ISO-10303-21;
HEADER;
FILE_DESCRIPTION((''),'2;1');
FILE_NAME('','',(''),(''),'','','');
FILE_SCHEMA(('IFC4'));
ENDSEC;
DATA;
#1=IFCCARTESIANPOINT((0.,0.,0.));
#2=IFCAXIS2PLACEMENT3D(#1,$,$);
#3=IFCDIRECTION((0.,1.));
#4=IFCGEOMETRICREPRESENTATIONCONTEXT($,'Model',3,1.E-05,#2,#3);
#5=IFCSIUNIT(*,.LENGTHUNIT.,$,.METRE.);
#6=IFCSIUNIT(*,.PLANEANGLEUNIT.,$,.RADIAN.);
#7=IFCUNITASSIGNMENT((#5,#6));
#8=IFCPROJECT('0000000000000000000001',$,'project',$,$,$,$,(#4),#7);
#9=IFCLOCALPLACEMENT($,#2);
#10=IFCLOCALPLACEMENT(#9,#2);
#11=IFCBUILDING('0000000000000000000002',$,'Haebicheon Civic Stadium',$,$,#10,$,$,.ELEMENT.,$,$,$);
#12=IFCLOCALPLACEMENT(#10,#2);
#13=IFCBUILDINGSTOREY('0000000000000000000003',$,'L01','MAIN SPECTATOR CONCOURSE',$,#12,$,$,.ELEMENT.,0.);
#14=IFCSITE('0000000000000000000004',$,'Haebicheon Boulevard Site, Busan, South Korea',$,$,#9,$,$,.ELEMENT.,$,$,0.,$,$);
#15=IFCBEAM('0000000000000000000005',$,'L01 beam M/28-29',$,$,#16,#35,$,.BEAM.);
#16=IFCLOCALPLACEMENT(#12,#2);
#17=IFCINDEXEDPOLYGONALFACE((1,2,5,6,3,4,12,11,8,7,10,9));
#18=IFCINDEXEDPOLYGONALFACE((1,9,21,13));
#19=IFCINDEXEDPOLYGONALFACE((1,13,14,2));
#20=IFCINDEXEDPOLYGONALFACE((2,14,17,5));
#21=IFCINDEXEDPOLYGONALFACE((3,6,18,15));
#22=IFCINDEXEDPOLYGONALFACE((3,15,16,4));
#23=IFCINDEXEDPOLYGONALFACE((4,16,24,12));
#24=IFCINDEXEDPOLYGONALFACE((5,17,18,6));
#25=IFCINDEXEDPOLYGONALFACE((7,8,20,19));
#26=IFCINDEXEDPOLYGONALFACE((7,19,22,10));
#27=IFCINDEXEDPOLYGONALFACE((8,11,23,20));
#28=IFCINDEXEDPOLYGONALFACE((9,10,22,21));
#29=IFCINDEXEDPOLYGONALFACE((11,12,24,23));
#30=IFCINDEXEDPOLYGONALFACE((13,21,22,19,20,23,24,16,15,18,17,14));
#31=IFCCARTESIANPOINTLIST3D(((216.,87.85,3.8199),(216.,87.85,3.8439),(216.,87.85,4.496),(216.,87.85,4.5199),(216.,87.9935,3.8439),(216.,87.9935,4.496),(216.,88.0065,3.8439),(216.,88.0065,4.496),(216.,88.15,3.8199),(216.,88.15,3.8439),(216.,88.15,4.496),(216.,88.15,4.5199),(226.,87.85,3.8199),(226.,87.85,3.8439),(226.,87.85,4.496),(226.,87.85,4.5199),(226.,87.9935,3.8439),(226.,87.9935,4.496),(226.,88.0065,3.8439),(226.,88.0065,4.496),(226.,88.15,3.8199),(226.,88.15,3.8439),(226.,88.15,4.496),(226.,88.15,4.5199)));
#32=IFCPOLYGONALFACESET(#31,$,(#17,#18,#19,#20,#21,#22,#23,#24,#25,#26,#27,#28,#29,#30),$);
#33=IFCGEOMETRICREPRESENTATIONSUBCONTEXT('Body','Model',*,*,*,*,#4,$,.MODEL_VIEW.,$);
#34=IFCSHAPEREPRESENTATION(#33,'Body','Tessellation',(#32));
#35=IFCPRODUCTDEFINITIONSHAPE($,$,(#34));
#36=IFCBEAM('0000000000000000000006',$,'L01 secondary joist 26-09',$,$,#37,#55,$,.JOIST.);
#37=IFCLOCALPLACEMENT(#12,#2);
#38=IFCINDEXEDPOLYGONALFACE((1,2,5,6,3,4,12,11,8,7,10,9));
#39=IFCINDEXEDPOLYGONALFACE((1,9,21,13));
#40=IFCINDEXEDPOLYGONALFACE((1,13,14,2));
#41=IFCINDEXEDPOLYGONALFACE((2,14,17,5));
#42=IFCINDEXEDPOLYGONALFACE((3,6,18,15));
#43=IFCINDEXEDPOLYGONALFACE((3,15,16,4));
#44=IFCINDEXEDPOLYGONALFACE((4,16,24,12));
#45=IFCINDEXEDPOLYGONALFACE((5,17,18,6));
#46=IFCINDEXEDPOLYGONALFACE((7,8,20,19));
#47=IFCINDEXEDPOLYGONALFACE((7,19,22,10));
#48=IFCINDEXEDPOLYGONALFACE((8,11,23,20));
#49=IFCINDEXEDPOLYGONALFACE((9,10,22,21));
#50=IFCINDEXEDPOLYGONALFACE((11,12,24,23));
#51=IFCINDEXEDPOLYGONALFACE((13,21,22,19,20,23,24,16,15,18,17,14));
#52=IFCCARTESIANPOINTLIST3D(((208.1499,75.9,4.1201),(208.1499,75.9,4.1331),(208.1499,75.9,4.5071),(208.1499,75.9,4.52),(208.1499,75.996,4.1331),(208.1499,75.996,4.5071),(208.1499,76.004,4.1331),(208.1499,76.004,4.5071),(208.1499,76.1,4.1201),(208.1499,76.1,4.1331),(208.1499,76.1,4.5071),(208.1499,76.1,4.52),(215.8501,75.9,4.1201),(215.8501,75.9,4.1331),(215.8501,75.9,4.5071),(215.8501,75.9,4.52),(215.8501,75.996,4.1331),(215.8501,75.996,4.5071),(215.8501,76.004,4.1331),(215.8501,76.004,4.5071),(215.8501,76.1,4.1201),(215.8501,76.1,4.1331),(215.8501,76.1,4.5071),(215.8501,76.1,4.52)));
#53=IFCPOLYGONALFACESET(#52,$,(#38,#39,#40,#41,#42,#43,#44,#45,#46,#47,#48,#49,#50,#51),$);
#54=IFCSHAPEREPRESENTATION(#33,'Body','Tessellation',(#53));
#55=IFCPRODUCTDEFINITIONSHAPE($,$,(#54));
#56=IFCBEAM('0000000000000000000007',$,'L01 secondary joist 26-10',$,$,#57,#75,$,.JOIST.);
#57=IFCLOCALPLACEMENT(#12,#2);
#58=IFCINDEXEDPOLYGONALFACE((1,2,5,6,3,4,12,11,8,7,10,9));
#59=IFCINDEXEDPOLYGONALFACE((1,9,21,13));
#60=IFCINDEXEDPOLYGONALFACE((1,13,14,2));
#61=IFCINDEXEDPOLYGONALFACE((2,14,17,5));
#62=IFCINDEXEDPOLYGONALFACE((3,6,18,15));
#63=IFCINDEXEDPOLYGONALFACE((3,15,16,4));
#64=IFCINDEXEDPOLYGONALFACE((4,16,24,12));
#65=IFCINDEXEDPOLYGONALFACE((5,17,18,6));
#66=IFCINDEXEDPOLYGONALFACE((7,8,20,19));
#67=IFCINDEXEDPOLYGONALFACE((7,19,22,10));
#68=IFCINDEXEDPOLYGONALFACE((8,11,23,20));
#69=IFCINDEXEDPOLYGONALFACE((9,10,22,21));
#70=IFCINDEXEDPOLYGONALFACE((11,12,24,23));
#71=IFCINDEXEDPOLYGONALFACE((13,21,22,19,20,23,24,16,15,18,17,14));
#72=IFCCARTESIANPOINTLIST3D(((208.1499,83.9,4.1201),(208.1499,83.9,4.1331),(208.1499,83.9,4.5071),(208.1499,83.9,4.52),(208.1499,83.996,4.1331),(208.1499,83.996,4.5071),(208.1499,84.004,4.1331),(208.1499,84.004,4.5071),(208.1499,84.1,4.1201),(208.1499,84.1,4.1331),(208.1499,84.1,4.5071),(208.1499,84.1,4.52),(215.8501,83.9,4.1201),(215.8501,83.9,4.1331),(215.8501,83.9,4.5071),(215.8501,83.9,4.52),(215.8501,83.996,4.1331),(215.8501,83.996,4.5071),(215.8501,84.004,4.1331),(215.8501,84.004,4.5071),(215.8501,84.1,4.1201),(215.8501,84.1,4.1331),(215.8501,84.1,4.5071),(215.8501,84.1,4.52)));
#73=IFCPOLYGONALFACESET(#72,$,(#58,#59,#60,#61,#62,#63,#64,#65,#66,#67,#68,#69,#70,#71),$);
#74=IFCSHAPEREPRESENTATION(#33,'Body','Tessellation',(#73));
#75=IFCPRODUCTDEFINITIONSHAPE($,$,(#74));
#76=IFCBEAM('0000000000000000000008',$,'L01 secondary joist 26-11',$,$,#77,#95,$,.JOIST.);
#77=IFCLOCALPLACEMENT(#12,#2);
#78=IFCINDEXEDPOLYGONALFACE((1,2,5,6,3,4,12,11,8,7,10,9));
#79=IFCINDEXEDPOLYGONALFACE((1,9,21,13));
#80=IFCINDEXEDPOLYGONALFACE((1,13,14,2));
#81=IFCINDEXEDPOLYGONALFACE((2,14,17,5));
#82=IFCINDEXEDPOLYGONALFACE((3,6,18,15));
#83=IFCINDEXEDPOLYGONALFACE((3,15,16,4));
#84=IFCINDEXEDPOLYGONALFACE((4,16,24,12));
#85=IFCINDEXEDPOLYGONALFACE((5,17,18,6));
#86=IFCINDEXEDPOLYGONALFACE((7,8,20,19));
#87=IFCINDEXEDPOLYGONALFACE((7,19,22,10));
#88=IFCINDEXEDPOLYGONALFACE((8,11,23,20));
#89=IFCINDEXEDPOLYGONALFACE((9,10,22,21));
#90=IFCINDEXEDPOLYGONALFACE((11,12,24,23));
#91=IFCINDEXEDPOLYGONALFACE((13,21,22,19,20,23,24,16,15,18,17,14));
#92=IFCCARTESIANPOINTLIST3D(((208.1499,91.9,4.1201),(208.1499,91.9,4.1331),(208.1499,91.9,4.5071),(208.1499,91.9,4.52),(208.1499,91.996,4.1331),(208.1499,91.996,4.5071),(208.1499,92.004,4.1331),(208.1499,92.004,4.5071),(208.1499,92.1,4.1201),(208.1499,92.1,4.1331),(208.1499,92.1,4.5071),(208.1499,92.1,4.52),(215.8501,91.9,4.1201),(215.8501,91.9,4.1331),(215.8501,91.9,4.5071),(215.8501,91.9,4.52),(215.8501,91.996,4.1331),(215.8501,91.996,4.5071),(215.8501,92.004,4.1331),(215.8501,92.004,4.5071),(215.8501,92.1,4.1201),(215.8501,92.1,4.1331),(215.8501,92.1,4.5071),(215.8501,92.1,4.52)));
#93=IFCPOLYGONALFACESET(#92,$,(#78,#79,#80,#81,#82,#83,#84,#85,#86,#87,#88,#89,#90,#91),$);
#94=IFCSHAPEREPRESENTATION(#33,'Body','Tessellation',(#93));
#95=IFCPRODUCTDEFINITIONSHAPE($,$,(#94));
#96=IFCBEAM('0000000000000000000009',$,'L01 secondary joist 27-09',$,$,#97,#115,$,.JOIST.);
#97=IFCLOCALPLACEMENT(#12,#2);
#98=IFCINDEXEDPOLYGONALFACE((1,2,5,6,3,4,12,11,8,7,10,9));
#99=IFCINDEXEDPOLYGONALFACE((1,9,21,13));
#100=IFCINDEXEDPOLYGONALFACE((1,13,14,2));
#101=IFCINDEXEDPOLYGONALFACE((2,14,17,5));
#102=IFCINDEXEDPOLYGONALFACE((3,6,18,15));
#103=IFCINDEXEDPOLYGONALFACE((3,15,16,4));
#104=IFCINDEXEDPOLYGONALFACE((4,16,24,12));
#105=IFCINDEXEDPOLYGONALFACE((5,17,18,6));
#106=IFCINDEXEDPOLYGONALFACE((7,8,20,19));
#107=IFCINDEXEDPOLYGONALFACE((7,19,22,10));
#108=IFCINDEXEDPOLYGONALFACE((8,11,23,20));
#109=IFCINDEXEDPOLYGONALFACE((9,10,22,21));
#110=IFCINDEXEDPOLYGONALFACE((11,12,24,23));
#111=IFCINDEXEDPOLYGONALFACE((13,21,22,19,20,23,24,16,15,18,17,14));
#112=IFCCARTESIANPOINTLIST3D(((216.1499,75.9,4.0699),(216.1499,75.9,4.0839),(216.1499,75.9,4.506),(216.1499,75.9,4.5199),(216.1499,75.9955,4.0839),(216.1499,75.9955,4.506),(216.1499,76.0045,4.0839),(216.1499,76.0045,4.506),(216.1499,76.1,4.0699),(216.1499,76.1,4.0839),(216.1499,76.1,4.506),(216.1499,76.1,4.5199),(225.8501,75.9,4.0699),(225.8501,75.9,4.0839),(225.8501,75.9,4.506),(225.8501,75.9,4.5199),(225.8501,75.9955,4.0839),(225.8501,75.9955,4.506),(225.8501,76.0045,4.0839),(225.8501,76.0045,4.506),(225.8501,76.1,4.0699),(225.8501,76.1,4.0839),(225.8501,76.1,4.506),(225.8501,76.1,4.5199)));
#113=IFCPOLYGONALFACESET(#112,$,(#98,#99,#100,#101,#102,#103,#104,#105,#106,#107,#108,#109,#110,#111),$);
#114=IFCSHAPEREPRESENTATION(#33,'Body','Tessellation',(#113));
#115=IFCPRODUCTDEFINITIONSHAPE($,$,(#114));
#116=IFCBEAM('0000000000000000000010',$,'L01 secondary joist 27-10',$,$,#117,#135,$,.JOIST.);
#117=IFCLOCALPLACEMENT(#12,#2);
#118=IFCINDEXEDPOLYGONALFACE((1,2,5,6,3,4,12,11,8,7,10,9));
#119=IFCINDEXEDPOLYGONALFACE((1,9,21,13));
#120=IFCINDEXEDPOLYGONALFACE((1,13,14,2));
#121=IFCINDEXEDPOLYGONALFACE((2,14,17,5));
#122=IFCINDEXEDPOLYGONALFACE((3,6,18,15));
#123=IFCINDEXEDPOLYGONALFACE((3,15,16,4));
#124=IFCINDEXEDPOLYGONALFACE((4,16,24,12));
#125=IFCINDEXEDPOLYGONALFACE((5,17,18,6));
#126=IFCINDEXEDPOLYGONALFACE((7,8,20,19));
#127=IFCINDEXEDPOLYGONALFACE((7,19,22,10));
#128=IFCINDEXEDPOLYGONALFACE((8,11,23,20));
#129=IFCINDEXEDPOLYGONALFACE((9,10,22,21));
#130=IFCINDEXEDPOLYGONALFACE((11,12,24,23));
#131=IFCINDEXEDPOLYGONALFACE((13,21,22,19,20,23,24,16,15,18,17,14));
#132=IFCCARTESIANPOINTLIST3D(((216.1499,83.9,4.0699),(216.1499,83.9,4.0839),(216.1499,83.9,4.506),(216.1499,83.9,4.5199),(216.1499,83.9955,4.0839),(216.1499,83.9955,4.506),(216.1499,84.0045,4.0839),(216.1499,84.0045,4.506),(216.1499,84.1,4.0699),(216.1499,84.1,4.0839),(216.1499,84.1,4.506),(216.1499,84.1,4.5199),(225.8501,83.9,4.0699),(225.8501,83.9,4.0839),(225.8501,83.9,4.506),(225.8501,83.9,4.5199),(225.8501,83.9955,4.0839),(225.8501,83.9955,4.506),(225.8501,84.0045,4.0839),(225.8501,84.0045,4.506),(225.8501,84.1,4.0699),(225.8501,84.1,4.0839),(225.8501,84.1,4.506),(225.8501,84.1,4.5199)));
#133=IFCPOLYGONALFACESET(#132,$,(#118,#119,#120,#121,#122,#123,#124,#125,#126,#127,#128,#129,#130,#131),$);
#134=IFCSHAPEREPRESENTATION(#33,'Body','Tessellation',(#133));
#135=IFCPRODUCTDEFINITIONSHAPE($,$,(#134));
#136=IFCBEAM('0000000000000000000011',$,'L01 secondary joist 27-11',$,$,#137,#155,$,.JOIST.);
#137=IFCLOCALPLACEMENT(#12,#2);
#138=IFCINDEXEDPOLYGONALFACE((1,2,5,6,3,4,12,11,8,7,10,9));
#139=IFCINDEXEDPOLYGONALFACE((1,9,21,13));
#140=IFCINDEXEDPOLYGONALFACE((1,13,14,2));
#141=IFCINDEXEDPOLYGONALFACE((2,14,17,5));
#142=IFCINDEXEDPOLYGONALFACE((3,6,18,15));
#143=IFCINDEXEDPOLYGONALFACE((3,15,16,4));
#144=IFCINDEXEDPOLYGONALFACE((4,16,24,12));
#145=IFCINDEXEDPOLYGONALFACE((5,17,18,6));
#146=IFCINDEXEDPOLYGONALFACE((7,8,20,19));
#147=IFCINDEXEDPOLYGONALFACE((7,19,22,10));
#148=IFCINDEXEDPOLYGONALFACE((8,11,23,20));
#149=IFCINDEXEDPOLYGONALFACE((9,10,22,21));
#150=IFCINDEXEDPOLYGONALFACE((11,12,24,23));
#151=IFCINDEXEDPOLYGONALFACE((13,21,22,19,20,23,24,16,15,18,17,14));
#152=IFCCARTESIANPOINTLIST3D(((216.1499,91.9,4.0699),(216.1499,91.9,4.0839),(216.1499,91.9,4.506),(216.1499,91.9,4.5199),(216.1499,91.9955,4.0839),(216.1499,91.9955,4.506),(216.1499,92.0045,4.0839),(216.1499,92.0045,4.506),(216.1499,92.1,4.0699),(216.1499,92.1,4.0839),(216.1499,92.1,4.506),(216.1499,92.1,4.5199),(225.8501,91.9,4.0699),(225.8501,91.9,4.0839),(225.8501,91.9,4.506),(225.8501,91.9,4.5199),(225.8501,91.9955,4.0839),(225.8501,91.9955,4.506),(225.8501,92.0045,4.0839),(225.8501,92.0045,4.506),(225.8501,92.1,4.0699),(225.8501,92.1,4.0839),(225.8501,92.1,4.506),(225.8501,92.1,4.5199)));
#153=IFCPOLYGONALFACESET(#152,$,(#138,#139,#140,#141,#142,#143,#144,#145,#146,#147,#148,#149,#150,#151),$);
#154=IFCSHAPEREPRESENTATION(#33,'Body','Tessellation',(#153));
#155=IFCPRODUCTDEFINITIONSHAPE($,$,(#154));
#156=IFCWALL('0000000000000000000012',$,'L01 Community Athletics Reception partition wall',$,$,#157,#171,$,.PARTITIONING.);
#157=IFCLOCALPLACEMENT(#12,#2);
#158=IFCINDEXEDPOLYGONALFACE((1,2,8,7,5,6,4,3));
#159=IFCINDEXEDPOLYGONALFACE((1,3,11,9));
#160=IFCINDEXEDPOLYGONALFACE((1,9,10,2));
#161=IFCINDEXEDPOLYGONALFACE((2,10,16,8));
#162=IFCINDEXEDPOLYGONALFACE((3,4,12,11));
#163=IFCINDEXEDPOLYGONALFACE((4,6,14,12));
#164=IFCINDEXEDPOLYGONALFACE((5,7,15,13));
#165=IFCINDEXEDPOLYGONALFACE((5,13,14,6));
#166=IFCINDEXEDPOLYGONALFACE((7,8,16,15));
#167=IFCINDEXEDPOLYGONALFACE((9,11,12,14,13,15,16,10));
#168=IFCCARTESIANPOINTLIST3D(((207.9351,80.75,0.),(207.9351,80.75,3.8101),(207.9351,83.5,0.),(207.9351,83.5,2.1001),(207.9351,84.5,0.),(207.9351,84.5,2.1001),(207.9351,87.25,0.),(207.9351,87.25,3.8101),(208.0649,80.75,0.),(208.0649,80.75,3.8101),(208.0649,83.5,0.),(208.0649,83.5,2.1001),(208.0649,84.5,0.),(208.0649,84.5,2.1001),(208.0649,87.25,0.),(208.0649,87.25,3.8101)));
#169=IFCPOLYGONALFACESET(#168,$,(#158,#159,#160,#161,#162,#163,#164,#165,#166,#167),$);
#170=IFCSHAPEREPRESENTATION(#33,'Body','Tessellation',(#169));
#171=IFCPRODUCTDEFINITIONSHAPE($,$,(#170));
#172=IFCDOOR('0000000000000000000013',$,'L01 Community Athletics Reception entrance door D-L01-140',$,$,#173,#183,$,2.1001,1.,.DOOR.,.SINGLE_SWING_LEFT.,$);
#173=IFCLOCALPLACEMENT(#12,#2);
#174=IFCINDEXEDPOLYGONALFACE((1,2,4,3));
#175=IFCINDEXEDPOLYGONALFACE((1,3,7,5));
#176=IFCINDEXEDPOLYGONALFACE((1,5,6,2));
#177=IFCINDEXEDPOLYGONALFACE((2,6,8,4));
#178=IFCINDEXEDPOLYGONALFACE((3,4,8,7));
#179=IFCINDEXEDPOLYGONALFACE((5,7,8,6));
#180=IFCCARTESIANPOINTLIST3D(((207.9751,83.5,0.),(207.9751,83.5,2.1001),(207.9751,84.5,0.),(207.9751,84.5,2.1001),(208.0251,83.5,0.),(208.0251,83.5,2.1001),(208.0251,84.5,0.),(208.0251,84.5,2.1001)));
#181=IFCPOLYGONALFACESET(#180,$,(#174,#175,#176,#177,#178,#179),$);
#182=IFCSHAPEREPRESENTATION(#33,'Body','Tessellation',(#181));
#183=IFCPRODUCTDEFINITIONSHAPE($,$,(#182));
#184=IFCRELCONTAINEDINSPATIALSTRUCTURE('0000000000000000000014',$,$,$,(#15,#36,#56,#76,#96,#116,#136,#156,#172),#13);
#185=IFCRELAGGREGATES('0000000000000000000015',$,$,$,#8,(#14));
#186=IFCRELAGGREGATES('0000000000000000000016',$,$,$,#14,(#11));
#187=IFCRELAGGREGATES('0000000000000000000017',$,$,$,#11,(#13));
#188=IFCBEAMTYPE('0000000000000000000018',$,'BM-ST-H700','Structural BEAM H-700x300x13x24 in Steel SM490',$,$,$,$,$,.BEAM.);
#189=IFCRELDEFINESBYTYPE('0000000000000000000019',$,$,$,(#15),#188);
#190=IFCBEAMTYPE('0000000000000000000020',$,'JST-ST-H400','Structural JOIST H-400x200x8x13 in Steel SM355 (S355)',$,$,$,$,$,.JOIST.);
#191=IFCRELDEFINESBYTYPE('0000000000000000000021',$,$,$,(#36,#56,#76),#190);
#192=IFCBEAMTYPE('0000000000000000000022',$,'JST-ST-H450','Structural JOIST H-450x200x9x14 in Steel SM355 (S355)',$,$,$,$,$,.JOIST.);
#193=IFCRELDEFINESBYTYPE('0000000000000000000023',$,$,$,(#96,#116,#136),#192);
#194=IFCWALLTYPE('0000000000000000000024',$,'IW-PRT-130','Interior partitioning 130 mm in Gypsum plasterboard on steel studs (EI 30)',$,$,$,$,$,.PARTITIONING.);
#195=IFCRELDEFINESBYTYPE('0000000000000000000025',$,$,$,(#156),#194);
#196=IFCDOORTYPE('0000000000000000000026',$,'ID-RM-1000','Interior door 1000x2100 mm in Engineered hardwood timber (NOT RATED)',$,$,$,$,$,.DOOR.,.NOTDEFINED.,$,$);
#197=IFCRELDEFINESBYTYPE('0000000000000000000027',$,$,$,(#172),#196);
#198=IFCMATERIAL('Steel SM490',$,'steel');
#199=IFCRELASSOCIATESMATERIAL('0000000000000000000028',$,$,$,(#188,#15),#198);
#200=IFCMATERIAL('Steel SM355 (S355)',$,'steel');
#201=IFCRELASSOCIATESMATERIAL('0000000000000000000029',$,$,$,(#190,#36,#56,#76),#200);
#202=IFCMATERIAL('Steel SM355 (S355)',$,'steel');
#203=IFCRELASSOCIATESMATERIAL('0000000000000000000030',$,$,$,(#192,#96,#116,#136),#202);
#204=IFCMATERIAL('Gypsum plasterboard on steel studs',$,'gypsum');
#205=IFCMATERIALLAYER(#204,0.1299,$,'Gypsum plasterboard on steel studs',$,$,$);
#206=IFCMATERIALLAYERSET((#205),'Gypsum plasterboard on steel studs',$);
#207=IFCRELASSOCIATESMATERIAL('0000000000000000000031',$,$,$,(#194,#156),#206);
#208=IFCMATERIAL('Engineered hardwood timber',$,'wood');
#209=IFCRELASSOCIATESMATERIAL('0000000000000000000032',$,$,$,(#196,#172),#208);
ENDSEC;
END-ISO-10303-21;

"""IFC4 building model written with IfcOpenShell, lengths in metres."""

from ifc_helpers import new_model, si_unit, direction, frame, frame_2d, origin, origin_2d, place, context, subcontext, project, spatial, rectangle, i_section, extrude, material, layer, layer_set, material_profile, profile_set, type_object, element, fill, save


model = new_model("IFC4")

# Units and contexts
model_context = context("Model", 3, precision=1e-05, world=origin(), true_north=direction((0.0, 1.0)))
body_context = subcontext(model_context, "Body", "Model", "MODEL_VIEW")
ifc_project = project(units=[si_unit("LENGTHUNIT", "METRE"), si_unit("PLANEANGLEUNIT", "RADIAN")], contexts=[model_context])

# Site, building, storey
site_placement = place(None, origin())
site = spatial("IfcSite", under=ifc_project, at=site_placement, Name="Haebicheon Boulevard Site, Busan, South Korea", CompositionType="ELEMENT", RefElevation=0.0)
building_placement = place(site_placement, origin())
building = spatial("IfcBuilding", under=site, at=building_placement, Name="Haebicheon Civic Stadium", CompositionType="ELEMENT")
storey_placement = place(building_placement, origin())
storey = spatial("IfcBuildingStorey", under=building, at=storey_placement, Name="L01", Description="MAIN SPECTATOR CONCOURSE", CompositionType="ELEMENT", Elevation=0.0)

# Beams
ifc_material_1 = material(Name="Steel SM490", Category="steel")
ifc_material_profile_1 = material_profile(ifc_material_1, i_section(OverallWidth=0.3, OverallDepth=0.7, WebThickness=0.0129, FlangeThickness=0.0239, at=origin_2d()), Name="H-700x300x13x24")
ifc_profile_set_1 = profile_set([ifc_material_profile_1], Name="Steel SM490")
beam_type_1 = type_object("IfcBeamType", Name="BM-ST-H700", Description="Structural BEAM H-700x300x13x24 in Steel SM490", PredefinedType="BEAM", material=ifc_profile_set_1)
for number, where, z_axis, x_axis, name in (
    (1, (216.0, 88.0, 4.1699), (1.0, 0.0, 0.0), (0.0, 1.0, 0.0), "L01 beam M/28-29"),
):
    element("IfcBeam", number, at=place(storey_placement, frame(where, z_axis=z_axis, x_axis=x_axis)), inside=storey, type_object=beam_type_1, material=ifc_profile_set_1, Name=name, PredefinedType="BEAM", context=body_context, shape_type="SweptSolid", body=[
        extrude(i_section(OverallWidth=0.3, OverallDepth=0.7, WebThickness=0.0129, FlangeThickness=0.0239, at=origin_2d()), origin(), (0.0, 0.0, 1.0), 10.0),
    ])
ifc_material_2 = material(Name="Steel SM355 (S355)", Category="steel")
ifc_material_profile_2 = material_profile(ifc_material_2, i_section(OverallWidth=0.2, OverallDepth=0.3999, WebThickness=0.0081, FlangeThickness=0.0129, at=origin_2d()), Name="H-400x200x8x13")
ifc_profile_set_2 = profile_set([ifc_material_profile_2], Name="Steel SM355 (S355)")
beam_type_2 = type_object("IfcBeamType", Name="JST-ST-H400", Description="Structural JOIST H-400x200x8x13 in Steel SM355 (S355)", PredefinedType="JOIST", material=ifc_profile_set_2)
for number, where, z_axis, x_axis, name in (
    (2, (208.1499, 76.0, 4.3201), (1.0, 0.0, 0.0), (0.0, 1.0, 0.0), "L01 secondary joist 26-09"),
    (3, (208.1499, 84.0, 4.3201), (1.0, 0.0, 0.0), (0.0, 1.0, 0.0), "L01 secondary joist 26-10"),
    (4, (208.1499, 92.0, 4.3201), (1.0, 0.0, 0.0), (0.0, 1.0, 0.0), "L01 secondary joist 26-11"),
):
    element("IfcBeam", number, at=place(storey_placement, frame(where, z_axis=z_axis, x_axis=x_axis)), inside=storey, type_object=beam_type_2, material=ifc_profile_set_2, Name=name, PredefinedType="JOIST", context=body_context, shape_type="SweptSolid", body=[
        extrude(i_section(OverallWidth=0.2, OverallDepth=0.3999, WebThickness=0.0081, FlangeThickness=0.0129, at=origin_2d()), origin(), (0.0, 0.0, 1.0), 7.7002),
    ])
ifc_material_3 = material(Name="Steel SM355 (S355)", Category="steel")
ifc_material_profile_3 = material_profile(ifc_material_3, i_section(OverallWidth=0.2, OverallDepth=0.45, WebThickness=0.009, FlangeThickness=0.0139, at=origin_2d()), Name="H-450x200x9x14")
ifc_profile_set_3 = profile_set([ifc_material_profile_3], Name="Steel SM355 (S355)")
beam_type_3 = type_object("IfcBeamType", Name="JST-ST-H450", Description="Structural JOIST H-450x200x9x14 in Steel SM355 (S355)", PredefinedType="JOIST", material=ifc_profile_set_3)
for number, where, z_axis, x_axis, name in (
    (5, (216.1499, 76.0, 4.2949), (1.0, 0.0, 0.0), (0.0, 1.0, 0.0), "L01 secondary joist 27-09"),
    (6, (216.1499, 84.0, 4.2949), (1.0, 0.0, 0.0), (0.0, 1.0, 0.0), "L01 secondary joist 27-10"),
    (7, (216.1499, 92.0, 4.2949), (1.0, 0.0, 0.0), (0.0, 1.0, 0.0), "L01 secondary joist 27-11"),
):
    element("IfcBeam", number, at=place(storey_placement, frame(where, z_axis=z_axis, x_axis=x_axis)), inside=storey, type_object=beam_type_3, material=ifc_profile_set_3, Name=name, PredefinedType="JOIST", context=body_context, shape_type="SweptSolid", body=[
        extrude(i_section(OverallWidth=0.2, OverallDepth=0.45, WebThickness=0.009, FlangeThickness=0.0139, at=origin_2d()), origin(), (0.0, 0.0, 1.0), 9.7002),
    ])

# Wall, opening, door
ifc_material_4 = material(Name="Gypsum plasterboard on steel studs", Category="gypsum")
ifc_layer = layer(ifc_material_4, 0.1299, Name="Gypsum plasterboard on steel studs")
ifc_layer_set = layer_set([ifc_layer], Name="Gypsum plasterboard on steel studs")
wall_type = type_object("IfcWallType", Name="IW-PRT-130", Description="Interior partitioning 130 mm in Gypsum plasterboard on steel studs (EI 30)", PredefinedType="PARTITIONING", material=ifc_layer_set)
wall_placement = place(storey_placement, frame((208.0, 80.75, 0.0), z_axis=(0.0, 0.0, 1.0), x_axis=(0.0, 1.0, 0.0)))
wall = element("IfcWall", 8, at=wall_placement, inside=storey, type_object=wall_type, material=ifc_layer_set, Name="L01 Community Athletics Reception partition wall", PredefinedType="PARTITIONING", context=body_context, shape_type="SweptSolid", body=[
    extrude(rectangle(XDim=6.5, YDim=0.1299, at=frame_2d((3.25, 0.0))), origin(), (0.0, 0.0, 1.0), 3.8101),
])
opening_placement = place(wall_placement, frame((2.75, 0.0, 0.0)))
opening = element("IfcOpeningElement", 9, at=opening_placement, cuts=wall, PredefinedType="OPENING", context=body_context, shape_type="SweptSolid", body=[
    extrude(rectangle(XDim=1.0, YDim=2.1001, at=frame_2d((0.5, 1.05))), frame((0.0, 0.075, 0.0), z_axis=(0.0, -1.0, 0.0), x_axis=(1.0, 0.0, 0.0)), (0.0, 0.0, 1.0), 0.1499),
])
ifc_material_5 = material(Name="Engineered hardwood timber", Category="wood")
door_type = type_object("IfcDoorType", Name="ID-RM-1000", Description="Interior door 1000x2100 mm in Engineered hardwood timber (NOT RATED)", OperationType="NOTDEFINED", PredefinedType="DOOR", material=ifc_material_5)
door_placement = place(opening_placement, origin())
door = element("IfcDoor", 10, at=door_placement, inside=storey, type_object=door_type, material=ifc_material_5, Name="L01 Community Athletics Reception entrance door D-L01-140", OperationType="SINGLE_SWING_LEFT", OverallHeight=2.1001, OverallWidth=1.0, PredefinedType="DOOR", context=body_context, shape_type="SweptSolid", body=[
    extrude(rectangle(XDim=1.0, YDim=2.1001, at=frame_2d((0.5, 1.05))), frame((0.0, 0.0249, 0.0), z_axis=(0.0, -1.0, 0.0), x_axis=(1.0, 0.0, 0.0)), (0.0, 0.0, 1.0), 0.05),
])
fill(opening, door)

save(model, "model.ifc")
